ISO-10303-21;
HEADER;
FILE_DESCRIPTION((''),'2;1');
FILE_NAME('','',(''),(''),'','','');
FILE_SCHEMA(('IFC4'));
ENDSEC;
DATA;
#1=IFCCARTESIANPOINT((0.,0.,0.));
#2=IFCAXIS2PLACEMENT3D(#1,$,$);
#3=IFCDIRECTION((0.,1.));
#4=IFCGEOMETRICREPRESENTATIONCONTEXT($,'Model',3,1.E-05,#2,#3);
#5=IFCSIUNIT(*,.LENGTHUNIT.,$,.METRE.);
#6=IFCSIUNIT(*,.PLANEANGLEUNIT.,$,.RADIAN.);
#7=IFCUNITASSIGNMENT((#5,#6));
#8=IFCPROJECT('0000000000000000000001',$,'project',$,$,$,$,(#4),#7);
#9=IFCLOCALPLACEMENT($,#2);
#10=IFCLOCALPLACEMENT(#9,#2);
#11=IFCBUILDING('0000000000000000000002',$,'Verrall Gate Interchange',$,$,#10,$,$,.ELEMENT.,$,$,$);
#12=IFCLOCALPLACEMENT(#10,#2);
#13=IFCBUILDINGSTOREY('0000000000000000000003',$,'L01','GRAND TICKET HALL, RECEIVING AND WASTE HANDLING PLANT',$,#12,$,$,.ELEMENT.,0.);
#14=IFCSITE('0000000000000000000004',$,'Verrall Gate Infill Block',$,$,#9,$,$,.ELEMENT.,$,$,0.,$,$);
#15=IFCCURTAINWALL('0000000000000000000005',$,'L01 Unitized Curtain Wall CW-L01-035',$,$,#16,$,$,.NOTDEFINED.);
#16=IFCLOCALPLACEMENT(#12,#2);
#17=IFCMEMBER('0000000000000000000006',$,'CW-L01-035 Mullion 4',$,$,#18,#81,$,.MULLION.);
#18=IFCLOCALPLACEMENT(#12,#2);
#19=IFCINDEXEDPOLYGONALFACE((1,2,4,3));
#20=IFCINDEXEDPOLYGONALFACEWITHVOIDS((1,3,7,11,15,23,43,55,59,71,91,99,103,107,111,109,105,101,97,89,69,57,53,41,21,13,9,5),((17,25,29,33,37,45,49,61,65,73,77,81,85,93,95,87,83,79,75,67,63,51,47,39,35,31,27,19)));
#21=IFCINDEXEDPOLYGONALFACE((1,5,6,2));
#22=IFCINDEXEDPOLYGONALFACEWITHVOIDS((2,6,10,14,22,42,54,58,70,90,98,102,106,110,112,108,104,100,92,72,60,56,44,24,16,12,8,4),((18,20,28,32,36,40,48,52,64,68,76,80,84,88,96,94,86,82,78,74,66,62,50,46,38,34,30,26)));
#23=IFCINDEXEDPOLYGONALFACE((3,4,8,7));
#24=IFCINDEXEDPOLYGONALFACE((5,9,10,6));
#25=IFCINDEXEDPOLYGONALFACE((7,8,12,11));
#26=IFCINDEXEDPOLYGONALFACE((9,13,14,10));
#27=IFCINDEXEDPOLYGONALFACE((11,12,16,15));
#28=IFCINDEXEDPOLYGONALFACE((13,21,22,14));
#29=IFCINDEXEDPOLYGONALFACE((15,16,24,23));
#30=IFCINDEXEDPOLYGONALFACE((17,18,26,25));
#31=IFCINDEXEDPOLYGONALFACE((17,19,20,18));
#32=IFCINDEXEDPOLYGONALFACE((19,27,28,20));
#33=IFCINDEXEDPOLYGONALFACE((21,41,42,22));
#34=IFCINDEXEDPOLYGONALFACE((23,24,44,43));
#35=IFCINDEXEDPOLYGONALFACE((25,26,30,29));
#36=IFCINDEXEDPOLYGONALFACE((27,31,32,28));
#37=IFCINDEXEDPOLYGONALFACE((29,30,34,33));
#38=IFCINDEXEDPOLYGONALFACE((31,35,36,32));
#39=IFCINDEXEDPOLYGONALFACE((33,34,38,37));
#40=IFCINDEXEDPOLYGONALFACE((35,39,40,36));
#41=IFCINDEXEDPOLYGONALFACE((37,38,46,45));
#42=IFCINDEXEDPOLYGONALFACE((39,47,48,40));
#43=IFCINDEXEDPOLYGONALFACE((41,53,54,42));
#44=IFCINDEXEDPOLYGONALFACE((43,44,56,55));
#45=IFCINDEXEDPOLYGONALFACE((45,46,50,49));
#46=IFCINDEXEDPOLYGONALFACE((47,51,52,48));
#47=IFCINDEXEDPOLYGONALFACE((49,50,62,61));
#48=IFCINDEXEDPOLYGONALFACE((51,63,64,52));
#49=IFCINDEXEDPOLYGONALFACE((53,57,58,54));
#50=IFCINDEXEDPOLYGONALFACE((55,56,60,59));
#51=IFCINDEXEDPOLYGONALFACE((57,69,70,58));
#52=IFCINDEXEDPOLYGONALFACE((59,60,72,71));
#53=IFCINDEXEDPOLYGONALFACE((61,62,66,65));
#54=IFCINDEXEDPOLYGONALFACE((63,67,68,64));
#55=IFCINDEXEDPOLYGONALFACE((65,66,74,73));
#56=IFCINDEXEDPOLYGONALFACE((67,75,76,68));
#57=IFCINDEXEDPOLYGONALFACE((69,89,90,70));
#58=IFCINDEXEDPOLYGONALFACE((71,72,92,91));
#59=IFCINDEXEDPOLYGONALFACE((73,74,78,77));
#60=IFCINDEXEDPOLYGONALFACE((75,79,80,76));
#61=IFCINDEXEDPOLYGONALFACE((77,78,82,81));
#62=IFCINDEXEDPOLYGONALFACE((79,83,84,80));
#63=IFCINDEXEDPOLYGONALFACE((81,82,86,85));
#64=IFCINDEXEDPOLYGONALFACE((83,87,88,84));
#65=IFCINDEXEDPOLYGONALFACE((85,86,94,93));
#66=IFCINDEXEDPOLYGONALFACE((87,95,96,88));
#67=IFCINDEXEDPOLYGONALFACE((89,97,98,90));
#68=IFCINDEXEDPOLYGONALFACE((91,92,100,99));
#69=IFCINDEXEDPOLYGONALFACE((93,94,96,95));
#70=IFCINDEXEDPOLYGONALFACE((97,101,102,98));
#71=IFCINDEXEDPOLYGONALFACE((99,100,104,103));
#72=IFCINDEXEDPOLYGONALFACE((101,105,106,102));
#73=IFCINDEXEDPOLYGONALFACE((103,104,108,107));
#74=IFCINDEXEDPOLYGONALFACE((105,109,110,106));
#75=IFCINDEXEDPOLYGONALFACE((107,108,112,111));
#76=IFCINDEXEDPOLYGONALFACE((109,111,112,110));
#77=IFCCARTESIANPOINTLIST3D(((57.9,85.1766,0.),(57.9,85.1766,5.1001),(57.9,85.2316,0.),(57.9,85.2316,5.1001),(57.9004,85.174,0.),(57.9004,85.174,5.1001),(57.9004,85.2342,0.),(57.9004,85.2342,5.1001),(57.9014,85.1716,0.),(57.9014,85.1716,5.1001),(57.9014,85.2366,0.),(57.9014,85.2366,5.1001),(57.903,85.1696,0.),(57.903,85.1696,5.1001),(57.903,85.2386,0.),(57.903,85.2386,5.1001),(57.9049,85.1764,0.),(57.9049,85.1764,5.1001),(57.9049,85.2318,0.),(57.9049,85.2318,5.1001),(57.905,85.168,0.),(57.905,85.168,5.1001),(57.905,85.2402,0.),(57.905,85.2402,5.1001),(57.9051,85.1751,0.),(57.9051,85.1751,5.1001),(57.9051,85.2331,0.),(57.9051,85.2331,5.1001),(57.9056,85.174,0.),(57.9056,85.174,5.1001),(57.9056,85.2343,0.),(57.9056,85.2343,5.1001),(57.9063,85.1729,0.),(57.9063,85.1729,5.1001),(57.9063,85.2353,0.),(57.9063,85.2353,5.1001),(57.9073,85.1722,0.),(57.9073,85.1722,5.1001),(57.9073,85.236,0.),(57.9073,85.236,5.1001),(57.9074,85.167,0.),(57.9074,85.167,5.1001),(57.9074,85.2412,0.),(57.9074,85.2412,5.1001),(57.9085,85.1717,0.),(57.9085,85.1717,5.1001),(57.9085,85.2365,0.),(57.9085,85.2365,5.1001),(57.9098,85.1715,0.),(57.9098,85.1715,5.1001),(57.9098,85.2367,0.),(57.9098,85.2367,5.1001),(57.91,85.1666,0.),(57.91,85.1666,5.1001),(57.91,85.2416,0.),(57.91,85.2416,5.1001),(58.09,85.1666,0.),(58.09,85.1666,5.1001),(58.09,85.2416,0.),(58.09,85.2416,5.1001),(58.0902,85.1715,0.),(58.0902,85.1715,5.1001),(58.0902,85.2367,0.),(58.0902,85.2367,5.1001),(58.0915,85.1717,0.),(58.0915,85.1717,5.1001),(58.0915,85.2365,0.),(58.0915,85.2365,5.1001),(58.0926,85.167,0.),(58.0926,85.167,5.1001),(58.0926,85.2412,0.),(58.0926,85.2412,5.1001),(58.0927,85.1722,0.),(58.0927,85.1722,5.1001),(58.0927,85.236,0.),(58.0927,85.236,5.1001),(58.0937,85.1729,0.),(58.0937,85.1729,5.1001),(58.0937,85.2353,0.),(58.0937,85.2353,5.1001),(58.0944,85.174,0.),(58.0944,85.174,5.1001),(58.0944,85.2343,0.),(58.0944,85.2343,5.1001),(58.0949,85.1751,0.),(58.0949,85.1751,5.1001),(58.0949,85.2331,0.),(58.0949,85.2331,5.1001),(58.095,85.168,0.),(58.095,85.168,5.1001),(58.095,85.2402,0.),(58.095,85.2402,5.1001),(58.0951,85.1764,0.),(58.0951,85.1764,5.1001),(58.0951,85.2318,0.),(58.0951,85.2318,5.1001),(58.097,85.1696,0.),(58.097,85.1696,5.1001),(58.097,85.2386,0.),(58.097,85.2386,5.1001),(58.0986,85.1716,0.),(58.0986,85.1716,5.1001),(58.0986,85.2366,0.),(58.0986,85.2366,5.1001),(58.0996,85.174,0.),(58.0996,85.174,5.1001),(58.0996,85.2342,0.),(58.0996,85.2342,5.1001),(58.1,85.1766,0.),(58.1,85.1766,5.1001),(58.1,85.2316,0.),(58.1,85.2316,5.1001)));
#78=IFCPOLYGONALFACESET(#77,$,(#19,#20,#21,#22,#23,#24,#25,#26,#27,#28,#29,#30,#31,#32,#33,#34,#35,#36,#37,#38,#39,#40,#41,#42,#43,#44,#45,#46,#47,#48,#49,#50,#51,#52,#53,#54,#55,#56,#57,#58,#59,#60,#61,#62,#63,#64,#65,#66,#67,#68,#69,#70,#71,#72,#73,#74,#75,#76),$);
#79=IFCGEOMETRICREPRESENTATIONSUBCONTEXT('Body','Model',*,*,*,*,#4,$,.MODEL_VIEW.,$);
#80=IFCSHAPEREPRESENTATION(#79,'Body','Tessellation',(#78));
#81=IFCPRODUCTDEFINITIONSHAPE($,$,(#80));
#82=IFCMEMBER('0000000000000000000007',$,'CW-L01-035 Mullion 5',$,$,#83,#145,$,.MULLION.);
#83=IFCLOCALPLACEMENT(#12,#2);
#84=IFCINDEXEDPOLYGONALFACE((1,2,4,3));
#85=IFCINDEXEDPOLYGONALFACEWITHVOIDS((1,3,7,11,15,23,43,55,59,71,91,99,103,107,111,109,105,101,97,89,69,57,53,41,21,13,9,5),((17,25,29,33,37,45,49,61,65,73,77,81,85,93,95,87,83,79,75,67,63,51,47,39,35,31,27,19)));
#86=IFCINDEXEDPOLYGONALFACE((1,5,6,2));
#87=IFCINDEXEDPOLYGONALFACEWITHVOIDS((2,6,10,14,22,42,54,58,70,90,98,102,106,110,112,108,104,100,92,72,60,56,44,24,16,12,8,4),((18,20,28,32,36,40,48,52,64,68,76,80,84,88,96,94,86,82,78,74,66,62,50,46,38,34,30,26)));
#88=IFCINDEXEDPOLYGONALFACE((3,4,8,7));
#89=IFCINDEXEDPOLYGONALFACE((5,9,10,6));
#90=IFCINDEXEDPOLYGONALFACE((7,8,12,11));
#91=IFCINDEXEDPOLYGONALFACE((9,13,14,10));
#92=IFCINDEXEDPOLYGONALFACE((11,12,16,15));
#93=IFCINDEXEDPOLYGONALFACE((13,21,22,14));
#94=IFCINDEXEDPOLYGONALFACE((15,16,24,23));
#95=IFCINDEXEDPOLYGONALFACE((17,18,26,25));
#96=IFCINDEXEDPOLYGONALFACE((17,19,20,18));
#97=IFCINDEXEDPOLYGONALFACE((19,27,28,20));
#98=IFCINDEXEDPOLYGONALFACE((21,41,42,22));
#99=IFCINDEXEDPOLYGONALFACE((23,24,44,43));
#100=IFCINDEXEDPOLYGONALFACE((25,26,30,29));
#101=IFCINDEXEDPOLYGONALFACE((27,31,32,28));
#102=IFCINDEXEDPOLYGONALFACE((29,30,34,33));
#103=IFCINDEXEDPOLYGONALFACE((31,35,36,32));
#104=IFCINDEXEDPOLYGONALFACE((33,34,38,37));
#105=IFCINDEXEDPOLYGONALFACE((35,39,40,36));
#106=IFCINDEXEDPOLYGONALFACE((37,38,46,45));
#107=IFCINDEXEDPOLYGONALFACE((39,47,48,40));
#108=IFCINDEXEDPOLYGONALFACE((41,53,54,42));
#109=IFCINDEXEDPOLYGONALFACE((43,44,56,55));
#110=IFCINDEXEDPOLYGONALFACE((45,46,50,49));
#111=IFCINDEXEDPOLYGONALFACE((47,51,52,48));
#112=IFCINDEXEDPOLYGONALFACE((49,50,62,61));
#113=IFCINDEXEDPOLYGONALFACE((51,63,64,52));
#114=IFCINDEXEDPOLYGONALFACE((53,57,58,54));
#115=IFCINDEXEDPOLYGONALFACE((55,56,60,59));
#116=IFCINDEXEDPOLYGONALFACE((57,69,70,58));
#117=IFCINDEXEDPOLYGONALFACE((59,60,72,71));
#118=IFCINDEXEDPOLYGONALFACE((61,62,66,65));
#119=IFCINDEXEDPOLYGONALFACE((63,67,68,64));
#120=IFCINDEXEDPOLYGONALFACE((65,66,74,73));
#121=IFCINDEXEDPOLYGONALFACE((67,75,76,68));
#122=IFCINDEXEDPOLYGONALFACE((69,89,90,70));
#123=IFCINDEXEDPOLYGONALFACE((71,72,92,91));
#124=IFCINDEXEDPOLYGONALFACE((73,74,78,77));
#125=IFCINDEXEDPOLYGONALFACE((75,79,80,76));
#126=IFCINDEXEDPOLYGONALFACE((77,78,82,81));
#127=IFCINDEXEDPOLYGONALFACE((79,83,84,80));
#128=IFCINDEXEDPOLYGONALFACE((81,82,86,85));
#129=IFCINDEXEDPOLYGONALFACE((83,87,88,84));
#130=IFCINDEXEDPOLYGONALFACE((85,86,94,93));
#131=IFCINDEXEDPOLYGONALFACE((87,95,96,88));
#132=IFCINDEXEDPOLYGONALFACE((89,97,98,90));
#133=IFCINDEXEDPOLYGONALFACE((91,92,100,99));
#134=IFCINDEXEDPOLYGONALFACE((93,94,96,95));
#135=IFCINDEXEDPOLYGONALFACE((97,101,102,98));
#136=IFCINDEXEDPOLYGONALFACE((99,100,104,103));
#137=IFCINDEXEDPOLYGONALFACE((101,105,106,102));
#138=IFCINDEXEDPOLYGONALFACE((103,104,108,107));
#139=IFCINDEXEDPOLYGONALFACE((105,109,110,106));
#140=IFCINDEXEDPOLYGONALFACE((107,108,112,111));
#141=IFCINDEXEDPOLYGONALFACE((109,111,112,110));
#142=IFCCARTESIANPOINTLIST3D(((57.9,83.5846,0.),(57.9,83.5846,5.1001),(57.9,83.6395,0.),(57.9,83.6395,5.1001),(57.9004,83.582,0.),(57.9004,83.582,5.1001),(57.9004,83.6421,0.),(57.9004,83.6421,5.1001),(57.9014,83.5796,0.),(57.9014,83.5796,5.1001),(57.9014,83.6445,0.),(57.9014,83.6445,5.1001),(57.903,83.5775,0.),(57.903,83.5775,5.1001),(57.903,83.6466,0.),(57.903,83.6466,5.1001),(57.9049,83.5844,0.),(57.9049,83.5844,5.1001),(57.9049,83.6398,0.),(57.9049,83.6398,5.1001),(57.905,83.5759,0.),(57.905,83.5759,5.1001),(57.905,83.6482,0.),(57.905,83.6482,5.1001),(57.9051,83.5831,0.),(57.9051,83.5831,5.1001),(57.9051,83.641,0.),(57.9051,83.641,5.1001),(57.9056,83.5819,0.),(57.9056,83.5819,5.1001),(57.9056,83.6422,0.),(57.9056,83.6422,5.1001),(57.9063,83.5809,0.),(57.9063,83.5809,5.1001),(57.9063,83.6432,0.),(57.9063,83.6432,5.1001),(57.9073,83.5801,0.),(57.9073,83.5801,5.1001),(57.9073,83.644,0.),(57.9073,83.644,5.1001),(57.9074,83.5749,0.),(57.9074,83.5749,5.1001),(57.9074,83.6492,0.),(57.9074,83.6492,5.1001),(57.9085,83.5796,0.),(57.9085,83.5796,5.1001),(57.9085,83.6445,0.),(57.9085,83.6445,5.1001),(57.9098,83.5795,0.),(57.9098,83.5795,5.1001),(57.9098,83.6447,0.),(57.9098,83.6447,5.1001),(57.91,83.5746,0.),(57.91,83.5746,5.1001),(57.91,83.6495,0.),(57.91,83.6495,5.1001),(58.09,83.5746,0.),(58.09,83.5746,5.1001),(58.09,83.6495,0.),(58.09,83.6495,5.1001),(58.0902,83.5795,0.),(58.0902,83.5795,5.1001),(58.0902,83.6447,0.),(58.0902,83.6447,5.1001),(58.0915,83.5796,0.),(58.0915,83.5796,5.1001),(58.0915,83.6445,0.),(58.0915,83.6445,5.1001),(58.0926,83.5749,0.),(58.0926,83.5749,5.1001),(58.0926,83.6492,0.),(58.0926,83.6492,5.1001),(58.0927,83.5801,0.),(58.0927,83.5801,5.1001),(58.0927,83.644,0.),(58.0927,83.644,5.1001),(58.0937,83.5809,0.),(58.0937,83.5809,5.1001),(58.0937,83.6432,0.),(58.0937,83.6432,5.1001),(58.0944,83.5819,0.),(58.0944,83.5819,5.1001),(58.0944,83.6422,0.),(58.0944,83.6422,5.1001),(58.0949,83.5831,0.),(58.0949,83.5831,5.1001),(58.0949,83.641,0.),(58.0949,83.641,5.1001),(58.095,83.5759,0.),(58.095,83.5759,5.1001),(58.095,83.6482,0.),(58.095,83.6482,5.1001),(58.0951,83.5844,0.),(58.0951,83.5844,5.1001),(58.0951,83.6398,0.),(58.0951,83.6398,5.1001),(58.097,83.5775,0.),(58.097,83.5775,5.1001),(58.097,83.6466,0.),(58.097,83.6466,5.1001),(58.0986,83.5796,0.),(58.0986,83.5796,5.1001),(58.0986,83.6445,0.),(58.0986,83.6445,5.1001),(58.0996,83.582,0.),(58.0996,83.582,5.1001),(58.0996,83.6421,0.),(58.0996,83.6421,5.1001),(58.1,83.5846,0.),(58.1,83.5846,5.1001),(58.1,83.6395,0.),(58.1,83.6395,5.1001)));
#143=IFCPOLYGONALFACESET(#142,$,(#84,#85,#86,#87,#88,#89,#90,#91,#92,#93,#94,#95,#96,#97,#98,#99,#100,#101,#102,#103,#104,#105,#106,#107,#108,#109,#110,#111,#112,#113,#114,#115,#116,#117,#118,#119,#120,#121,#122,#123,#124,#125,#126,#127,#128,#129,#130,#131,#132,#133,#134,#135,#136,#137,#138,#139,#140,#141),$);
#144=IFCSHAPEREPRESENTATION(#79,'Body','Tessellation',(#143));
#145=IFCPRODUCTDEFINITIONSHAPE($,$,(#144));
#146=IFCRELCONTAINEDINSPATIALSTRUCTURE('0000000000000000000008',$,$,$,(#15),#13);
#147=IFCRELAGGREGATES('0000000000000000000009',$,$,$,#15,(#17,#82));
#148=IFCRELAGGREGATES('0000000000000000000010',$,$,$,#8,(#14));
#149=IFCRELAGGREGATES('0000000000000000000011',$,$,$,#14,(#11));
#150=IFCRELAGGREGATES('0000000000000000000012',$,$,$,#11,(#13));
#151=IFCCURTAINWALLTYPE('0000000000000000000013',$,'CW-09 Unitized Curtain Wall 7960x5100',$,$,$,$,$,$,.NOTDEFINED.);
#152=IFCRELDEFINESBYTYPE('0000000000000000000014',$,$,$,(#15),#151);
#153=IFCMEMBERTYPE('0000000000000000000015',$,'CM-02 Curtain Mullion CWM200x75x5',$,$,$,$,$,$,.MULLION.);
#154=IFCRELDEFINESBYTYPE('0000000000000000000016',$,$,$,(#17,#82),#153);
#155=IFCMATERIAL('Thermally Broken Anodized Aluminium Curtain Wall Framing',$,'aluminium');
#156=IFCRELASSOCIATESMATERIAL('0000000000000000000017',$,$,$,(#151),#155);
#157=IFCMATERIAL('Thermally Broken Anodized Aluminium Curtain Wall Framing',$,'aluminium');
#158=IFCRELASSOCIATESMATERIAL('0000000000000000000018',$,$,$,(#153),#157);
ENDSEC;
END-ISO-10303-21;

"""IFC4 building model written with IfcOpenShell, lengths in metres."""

from ifc_helpers import new_model, si_unit, direction, frame, origin, origin_2d, place, context, subcontext, project, spatial, hollow_rectangle, extrude, material, material_profile, profile_set, type_object, element, aggregate, save


model = new_model("IFC4")

# Units and contexts
model_context = context("Model", 3, precision=1e-05, world=origin(), true_north=direction((0.0, 1.0)))
body_context = subcontext(model_context, "Body", "Model", "MODEL_VIEW")
ifc_project = project(units=[si_unit("LENGTHUNIT", "METRE"), si_unit("PLANEANGLEUNIT", "RADIAN")], contexts=[model_context])

# Site, building, storey
site_placement = place(None, origin())
site = spatial("IfcSite", under=ifc_project, at=site_placement, Name="Verrall Gate Infill Block", CompositionType="ELEMENT", RefElevation=0.0)
building_placement = place(site_placement, origin())
building = spatial("IfcBuilding", under=site, at=building_placement, Name="Verrall Gate Interchange", CompositionType="ELEMENT")
storey_placement = place(building_placement, origin())
storey = spatial("IfcBuildingStorey", under=building, at=storey_placement, Name="L01", Description="GRAND TICKET HALL, RECEIVING AND WASTE HANDLING PLANT", CompositionType="ELEMENT", Elevation=0.0)

# Shared definitions
ifc_material_1 = material(Name="Thermally Broken Anodized Aluminium Curtain Wall Framing", Category="aluminium")
curtain_wall_type = type_object("IfcCurtainWallType", Name="CW-09 Unitized Curtain Wall 7960x5100", PredefinedType="NOTDEFINED", material=ifc_material_1)

# Curtain wall, members
curtain_wall_1_placement = place(storey_placement, origin())
curtain_wall_1 = element("IfcCurtainWall", 1, at=curtain_wall_1_placement, inside=storey, type_object=curtain_wall_type, Name="L01 Unitized Curtain Wall CW-L01-035", PredefinedType="NOTDEFINED")
ifc_material_2 = material(Name="Thermally Broken Anodized Aluminium Curtain Wall Framing", Category="aluminium")
ifc_material_profile_1 = material_profile(ifc_material_2, hollow_rectangle(XDim=0.075, YDim=0.2, WallThickness=0.0049, InnerFilletRadius=0.0049, OuterFilletRadius=0.01, at=origin_2d()), Name="CWM200x75x5")
ifc_profile_set_1 = profile_set([ifc_material_profile_1], Name="Thermally Broken Anodized Aluminium Curtain Wall Framing")
member_type_1 = type_object("IfcMemberType", Name="CM-02 Curtain Mullion CWM200x75x5", PredefinedType="MULLION", material=ifc_profile_set_1)
member_1_placement = place(storey_placement, frame((58.0, 85.2041, 0.0), z_axis=(0.0, 0.0, 1.0), x_axis=(0.0, -1.0, 0.0)))
member_1 = element("IfcMember", 2, at=member_1_placement, type_object=member_type_1, Name="CW-L01-035 Mullion 4", PredefinedType="MULLION", context=body_context, shape_type="SweptSolid", body=[
    extrude(hollow_rectangle(XDim=0.075, YDim=0.2, WallThickness=0.0049, InnerFilletRadius=0.0049, OuterFilletRadius=0.01, at=origin_2d()), origin(), (0.0, 0.0, 1.0), 5.1001),
])
member_2_placement = place(storey_placement, frame((58.0, 83.6121, 0.0), z_axis=(0.0, 0.0, 1.0), x_axis=(0.0, -1.0, 0.0)))
member_2 = element("IfcMember", 3, at=member_2_placement, type_object=member_type_1, Name="CW-L01-035 Mullion 5", PredefinedType="MULLION", context=body_context, shape_type="SweptSolid", body=[
    extrude(hollow_rectangle(XDim=0.075, YDim=0.2, WallThickness=0.0049, InnerFilletRadius=0.0049, OuterFilletRadius=0.01, at=origin_2d()), origin(), (0.0, 0.0, 1.0), 5.1001),
])

aggregate(curtain_wall_1, [member_1, member_2])

save(model, "model.ifc")
